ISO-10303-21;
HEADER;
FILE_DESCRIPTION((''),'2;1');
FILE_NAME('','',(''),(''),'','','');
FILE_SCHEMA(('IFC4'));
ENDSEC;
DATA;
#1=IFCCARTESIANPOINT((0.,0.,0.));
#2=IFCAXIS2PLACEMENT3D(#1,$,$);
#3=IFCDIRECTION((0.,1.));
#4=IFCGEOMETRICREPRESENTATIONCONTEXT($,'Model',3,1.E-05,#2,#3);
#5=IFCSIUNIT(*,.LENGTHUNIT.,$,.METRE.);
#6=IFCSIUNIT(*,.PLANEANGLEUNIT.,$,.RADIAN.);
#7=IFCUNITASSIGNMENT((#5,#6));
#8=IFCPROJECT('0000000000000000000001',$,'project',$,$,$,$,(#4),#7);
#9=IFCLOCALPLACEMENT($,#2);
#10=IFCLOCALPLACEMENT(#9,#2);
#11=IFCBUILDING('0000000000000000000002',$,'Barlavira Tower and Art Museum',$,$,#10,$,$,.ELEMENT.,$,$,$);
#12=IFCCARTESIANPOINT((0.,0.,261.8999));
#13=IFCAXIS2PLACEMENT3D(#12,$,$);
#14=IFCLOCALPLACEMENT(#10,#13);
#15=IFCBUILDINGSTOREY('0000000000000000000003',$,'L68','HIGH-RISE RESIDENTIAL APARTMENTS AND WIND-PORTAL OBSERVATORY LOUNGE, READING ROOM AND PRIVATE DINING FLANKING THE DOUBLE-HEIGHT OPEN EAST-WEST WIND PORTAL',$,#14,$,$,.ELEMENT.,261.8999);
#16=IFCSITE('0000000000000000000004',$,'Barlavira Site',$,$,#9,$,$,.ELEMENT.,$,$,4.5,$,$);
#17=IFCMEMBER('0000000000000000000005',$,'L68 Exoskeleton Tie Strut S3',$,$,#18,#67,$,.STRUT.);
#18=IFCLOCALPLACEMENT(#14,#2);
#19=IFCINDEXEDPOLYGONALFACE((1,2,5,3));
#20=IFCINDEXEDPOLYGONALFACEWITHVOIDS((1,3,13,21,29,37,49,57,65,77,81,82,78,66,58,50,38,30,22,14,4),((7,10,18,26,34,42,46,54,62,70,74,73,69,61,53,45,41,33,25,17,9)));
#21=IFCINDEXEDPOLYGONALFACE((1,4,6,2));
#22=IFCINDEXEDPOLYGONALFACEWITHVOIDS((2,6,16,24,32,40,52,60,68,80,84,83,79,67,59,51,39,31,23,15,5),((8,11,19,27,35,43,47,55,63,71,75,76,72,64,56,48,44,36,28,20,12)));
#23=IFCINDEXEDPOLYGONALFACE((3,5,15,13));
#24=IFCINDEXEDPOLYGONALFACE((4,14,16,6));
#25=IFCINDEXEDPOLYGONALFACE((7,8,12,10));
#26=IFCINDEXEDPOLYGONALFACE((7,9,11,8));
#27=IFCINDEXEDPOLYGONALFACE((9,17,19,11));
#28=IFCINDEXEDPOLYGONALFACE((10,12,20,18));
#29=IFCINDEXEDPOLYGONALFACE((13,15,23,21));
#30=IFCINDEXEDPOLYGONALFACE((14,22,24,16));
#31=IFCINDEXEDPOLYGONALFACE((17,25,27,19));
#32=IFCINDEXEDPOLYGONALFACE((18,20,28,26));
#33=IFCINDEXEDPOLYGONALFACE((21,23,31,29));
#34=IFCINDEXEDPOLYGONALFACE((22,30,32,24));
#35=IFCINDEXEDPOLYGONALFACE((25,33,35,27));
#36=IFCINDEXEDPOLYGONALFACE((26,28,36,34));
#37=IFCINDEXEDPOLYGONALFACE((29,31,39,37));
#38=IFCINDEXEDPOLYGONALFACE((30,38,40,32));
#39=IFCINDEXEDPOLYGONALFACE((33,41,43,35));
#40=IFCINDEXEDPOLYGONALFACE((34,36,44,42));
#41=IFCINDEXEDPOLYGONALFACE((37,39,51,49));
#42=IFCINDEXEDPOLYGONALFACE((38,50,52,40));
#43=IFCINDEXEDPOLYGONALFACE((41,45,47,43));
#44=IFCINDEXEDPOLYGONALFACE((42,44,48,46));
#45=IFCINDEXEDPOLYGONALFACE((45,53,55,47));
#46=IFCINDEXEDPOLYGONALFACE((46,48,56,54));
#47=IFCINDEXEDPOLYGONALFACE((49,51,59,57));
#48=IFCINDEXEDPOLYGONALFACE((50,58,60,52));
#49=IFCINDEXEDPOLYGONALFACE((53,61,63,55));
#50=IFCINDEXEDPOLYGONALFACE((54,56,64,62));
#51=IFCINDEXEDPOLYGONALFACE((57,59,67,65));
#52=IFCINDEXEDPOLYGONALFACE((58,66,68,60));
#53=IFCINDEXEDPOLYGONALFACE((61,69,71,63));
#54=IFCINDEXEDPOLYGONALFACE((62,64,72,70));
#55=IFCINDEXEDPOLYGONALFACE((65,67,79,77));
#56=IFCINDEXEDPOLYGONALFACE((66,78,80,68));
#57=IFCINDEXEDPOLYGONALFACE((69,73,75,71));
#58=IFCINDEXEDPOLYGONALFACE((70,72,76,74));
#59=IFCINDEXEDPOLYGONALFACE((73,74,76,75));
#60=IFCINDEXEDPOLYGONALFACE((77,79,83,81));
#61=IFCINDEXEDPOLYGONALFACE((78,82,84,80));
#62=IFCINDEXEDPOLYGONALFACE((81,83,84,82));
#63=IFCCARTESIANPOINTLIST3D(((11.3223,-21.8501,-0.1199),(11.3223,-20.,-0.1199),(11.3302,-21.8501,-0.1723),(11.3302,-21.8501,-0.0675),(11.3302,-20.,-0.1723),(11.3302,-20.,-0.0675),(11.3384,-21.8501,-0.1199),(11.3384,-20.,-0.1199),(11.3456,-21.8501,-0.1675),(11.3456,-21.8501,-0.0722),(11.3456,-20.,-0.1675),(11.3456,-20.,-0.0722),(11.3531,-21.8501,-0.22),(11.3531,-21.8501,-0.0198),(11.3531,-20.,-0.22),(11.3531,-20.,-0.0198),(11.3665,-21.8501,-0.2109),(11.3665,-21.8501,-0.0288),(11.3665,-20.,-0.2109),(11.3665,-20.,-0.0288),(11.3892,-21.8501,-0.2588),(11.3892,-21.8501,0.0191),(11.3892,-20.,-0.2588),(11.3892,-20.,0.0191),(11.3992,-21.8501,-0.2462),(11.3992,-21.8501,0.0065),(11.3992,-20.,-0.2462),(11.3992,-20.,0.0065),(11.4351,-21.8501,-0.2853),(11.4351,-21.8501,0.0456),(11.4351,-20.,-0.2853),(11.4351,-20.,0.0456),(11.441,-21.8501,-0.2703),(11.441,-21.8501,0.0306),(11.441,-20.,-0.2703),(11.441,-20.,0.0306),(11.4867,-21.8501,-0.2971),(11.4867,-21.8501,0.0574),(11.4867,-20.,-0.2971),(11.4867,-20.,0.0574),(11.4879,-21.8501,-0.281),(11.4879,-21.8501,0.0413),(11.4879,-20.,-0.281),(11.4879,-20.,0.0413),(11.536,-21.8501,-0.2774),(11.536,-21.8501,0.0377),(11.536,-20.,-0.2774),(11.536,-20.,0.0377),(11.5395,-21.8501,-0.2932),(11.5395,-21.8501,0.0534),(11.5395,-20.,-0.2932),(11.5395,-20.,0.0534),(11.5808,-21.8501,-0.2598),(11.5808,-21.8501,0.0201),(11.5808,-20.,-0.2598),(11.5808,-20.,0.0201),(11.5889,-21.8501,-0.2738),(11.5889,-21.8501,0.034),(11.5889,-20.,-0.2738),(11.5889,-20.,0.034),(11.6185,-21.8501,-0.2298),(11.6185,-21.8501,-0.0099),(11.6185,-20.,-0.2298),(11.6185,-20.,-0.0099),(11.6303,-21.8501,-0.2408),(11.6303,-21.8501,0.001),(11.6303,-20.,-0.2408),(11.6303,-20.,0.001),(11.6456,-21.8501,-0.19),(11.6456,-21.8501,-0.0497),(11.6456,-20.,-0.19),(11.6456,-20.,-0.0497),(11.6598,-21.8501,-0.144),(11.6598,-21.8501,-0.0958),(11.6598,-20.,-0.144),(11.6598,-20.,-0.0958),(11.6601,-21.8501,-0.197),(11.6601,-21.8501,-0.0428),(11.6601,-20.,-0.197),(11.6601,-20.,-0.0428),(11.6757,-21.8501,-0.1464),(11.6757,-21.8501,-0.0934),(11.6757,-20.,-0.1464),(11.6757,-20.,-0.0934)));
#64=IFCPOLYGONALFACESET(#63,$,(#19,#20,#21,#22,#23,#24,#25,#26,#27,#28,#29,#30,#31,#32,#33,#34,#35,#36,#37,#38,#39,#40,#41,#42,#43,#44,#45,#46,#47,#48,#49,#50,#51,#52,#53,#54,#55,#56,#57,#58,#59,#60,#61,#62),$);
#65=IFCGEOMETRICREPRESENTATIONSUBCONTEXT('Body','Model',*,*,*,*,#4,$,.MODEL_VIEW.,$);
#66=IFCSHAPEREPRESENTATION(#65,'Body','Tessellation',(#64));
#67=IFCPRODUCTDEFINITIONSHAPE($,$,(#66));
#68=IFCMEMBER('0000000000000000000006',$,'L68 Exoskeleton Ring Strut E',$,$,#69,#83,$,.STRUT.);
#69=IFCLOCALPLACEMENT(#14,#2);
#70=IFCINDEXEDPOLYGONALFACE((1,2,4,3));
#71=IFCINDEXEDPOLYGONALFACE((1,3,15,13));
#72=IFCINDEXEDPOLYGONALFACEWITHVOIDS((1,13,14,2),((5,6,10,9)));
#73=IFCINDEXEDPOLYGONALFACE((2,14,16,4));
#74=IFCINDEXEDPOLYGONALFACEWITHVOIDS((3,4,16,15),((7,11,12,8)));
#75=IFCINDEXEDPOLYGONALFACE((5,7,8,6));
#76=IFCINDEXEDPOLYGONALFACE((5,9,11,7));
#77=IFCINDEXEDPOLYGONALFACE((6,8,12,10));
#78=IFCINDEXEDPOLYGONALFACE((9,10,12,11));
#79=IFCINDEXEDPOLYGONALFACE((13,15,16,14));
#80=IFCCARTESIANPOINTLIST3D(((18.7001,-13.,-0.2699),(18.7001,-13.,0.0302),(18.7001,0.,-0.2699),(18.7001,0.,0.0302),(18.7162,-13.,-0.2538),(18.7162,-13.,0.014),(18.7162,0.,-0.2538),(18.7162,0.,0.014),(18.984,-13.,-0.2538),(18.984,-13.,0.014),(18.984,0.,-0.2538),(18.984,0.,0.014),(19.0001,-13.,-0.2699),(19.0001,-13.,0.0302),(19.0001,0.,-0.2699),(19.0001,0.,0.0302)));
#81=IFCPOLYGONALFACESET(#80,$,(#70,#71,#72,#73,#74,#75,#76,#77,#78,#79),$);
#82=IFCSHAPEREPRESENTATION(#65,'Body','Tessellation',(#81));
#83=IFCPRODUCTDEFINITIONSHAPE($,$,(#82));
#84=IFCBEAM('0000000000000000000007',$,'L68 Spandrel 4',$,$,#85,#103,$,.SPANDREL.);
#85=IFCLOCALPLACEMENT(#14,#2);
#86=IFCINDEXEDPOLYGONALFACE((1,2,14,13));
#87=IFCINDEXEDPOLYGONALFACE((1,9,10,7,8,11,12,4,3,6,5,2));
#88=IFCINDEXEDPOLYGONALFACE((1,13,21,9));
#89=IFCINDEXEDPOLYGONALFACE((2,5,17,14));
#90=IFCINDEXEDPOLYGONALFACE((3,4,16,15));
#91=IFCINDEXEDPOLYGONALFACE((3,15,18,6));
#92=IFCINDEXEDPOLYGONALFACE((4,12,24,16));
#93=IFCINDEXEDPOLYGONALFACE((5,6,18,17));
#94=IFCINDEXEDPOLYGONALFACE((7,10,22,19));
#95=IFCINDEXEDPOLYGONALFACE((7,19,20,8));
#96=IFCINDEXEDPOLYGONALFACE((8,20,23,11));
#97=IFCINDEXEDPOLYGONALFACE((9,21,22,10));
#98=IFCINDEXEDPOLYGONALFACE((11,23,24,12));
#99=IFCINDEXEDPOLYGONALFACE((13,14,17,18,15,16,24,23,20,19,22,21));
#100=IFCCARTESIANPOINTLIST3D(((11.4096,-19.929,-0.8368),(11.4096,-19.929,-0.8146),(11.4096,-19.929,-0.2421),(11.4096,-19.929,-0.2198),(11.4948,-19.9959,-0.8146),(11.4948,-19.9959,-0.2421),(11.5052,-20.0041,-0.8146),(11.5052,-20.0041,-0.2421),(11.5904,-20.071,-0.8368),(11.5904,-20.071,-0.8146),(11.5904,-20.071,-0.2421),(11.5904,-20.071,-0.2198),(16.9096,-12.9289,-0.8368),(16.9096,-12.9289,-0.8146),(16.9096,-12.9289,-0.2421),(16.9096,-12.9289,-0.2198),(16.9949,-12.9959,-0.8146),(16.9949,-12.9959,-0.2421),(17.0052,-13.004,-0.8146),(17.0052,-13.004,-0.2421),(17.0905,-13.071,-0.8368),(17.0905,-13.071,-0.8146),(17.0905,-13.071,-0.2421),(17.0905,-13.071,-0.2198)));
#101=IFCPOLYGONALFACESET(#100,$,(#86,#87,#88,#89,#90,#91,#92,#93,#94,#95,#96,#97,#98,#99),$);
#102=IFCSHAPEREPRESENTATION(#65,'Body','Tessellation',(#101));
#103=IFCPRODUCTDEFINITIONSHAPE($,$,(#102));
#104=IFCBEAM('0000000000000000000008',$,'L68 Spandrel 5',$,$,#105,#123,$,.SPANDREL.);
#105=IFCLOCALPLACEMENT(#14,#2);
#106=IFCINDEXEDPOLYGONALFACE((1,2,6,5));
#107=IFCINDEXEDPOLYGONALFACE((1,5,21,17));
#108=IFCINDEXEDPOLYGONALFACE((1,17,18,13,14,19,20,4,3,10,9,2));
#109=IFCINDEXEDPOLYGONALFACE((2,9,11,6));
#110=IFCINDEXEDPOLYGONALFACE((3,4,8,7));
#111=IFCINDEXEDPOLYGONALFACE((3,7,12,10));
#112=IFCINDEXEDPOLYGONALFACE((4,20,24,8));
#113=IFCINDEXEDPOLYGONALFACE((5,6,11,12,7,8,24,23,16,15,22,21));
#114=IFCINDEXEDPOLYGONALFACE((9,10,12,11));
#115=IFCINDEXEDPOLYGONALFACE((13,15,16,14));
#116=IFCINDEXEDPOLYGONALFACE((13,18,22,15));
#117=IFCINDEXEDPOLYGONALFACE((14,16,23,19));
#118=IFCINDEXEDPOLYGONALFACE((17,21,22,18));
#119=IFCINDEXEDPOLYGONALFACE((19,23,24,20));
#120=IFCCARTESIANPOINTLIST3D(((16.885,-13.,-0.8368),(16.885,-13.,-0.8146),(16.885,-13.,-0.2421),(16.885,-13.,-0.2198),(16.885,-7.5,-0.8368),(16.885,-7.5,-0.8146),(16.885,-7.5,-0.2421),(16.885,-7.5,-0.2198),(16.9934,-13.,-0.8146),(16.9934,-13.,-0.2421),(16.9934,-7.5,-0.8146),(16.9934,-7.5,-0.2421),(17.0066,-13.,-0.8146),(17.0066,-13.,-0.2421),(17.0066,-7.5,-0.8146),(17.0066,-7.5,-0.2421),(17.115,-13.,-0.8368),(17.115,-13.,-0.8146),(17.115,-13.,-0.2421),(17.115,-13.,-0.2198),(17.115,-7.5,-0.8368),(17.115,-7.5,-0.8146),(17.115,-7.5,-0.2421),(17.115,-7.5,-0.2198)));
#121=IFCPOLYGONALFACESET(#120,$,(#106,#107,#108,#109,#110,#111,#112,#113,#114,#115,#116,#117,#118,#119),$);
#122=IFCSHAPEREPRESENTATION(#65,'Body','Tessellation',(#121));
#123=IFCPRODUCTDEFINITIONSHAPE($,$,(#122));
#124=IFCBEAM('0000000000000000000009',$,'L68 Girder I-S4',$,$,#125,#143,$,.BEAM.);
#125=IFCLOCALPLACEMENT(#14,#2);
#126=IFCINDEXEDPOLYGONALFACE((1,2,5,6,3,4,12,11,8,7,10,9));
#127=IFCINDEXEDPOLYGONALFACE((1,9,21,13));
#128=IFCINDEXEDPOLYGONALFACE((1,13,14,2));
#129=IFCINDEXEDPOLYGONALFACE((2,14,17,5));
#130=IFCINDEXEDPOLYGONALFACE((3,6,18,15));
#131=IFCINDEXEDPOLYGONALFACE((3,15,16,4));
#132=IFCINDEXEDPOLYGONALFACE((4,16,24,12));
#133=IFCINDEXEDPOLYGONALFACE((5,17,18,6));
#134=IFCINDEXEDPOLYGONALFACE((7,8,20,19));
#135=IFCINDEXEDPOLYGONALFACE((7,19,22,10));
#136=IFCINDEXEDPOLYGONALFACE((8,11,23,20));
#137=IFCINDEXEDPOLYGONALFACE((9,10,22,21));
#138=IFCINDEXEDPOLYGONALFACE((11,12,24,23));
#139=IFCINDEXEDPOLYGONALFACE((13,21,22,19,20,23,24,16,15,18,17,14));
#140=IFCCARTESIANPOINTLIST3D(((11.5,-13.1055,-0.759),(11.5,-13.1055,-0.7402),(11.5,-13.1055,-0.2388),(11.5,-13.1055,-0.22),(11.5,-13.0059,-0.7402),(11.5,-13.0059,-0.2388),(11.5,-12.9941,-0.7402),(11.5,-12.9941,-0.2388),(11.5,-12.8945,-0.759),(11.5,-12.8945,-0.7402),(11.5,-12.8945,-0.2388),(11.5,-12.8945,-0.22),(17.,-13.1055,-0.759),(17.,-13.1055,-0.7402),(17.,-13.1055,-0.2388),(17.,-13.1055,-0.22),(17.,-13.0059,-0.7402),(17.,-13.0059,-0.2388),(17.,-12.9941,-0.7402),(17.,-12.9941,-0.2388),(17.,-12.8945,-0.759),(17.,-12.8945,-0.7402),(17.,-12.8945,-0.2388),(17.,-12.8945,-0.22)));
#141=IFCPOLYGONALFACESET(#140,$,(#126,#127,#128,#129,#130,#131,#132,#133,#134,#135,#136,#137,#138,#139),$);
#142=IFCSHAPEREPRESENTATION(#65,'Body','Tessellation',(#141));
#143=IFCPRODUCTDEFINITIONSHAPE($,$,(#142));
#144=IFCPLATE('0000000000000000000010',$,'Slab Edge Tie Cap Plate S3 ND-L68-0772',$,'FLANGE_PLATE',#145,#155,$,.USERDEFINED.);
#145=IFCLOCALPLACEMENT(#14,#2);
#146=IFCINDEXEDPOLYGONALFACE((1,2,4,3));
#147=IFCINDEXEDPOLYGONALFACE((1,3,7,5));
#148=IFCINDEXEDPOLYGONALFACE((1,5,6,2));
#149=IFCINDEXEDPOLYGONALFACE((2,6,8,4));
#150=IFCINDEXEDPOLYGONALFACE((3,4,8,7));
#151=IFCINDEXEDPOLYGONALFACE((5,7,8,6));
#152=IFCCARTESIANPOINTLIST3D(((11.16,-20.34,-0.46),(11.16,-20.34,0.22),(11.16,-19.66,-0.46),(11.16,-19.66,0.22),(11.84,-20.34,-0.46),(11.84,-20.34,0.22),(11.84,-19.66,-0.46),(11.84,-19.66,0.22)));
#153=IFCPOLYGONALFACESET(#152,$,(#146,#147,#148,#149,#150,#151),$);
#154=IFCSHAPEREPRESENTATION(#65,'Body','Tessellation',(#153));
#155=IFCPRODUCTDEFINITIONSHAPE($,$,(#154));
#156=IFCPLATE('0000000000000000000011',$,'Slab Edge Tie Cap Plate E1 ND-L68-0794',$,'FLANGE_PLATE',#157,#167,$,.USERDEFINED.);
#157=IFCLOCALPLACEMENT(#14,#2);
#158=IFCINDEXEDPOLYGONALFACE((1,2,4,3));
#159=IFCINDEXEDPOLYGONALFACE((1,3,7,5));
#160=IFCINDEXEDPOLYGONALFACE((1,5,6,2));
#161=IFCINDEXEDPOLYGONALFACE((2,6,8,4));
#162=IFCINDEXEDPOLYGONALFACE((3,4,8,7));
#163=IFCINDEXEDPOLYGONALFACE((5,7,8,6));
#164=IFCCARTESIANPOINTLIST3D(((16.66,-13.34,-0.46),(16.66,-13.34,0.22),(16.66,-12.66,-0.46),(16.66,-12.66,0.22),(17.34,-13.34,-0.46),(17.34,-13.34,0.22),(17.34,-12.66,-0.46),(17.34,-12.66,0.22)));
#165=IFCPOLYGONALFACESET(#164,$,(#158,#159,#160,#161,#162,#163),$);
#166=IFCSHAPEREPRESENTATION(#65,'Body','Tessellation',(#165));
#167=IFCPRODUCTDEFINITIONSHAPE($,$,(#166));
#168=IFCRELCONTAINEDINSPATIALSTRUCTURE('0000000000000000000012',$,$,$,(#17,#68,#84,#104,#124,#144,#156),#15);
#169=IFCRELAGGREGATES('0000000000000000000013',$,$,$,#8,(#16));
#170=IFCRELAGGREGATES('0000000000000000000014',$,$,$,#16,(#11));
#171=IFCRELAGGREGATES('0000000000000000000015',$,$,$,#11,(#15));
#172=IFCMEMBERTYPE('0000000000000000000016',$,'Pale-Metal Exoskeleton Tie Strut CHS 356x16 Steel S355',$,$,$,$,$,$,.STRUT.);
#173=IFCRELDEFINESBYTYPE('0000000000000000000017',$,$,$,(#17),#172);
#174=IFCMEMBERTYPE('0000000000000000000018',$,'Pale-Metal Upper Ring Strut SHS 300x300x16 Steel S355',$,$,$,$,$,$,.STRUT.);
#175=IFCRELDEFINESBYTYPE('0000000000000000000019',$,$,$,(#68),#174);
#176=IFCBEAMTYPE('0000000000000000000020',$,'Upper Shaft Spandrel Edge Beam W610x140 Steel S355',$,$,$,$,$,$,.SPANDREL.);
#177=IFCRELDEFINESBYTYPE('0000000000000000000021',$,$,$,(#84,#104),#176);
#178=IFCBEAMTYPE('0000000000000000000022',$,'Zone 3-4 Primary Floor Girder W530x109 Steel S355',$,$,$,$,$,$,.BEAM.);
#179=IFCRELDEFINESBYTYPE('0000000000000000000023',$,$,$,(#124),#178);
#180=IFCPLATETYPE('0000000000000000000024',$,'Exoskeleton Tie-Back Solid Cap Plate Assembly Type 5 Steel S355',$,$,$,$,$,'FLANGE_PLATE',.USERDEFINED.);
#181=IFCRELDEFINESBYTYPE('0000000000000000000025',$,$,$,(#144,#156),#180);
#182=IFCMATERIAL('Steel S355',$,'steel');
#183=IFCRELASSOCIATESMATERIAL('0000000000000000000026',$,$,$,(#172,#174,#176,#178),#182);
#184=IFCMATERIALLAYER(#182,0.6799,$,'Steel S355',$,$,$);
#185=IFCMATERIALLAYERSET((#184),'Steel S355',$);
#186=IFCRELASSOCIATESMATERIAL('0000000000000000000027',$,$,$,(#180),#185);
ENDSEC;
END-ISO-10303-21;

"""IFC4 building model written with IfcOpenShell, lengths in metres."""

from ifc_helpers import new_model, si_unit, direction, frame, origin, origin_2d, place, context, subcontext, project, spatial, rectangle, hollow_rectangle, hollow_circle, i_section, extrude, material, layer, layer_set, material_profile, profile_set, type_object, element, save


model = new_model("IFC4")

# Units and contexts
model_context = context("Model", 3, precision=1e-05, world=origin(), true_north=direction((0.0, 1.0)))
body_context = subcontext(model_context, "Body", "Model", "MODEL_VIEW")
ifc_project = project(units=[si_unit("LENGTHUNIT", "METRE"), si_unit("PLANEANGLEUNIT", "RADIAN")], contexts=[model_context])

# Site, building, storey
site_placement = place(None, origin())
site = spatial("IfcSite", under=ifc_project, at=site_placement, Name="Barlavira Site", CompositionType="ELEMENT", RefElevation=4.5)
building_placement = place(site_placement, origin())
building = spatial("IfcBuilding", under=site, at=building_placement, Name="Barlavira Tower and Art Museum", CompositionType="ELEMENT")
storey_placement = place(building_placement, frame((0.0, 0.0, 261.8999)))
storey = spatial("IfcBuildingStorey", under=building, at=storey_placement, Name="L68", Description="HIGH-RISE RESIDENTIAL APARTMENTS AND WIND-PORTAL OBSERVATORY LOUNGE, READING ROOM AND PRIVATE DINING FLANKING THE DOUBLE-HEIGHT OPEN EAST-WEST WIND PORTAL", CompositionType="ELEMENT", Elevation=261.8999)

# Members
ifc_material_1 = material(Name="Steel S355", Category="steel")
ifc_material_profile_1 = material_profile(ifc_material_1, hollow_circle(Radius=0.1777, WallThickness=0.0161, at=origin_2d()), Name="CHS 355.6x16.0")
ifc_profile_set_1 = profile_set([ifc_material_profile_1], Name="Steel S355")
member_type_1 = type_object("IfcMemberType", Name="Pale-Metal Exoskeleton Tie Strut CHS 356x16 Steel S355", PredefinedType="STRUT", material=ifc_profile_set_1)
member_1_placement = place(storey_placement, frame((11.5, -21.8501, -0.1199), z_axis=(0.0, 1.0, 0.0), x_axis=(-1.0, 0.0, 0.0)))
element("IfcMember", 1, at=member_1_placement, inside=storey, type_object=member_type_1, Name="L68 Exoskeleton Tie Strut S3", PredefinedType="STRUT", context=body_context, shape_type="SweptSolid", body=[
    extrude(hollow_circle(Radius=0.1777, WallThickness=0.0161, at=origin_2d()), origin(), (0.0, 0.0, 1.0), 1.8501),
])
ifc_material_profile_2 = material_profile(ifc_material_1, hollow_rectangle(XDim=0.3, YDim=0.3, WallThickness=0.0161, at=origin_2d()), Name="SHS 300x300x16.0")
ifc_profile_set_2 = profile_set([ifc_material_profile_2], Name="Steel S355")
member_type_2 = type_object("IfcMemberType", Name="Pale-Metal Upper Ring Strut SHS 300x300x16 Steel S355", PredefinedType="STRUT", material=ifc_profile_set_2)
member_2_placement = place(storey_placement, frame((18.8501, -13.0, -0.1199), z_axis=(0.0, 1.0, 0.0), x_axis=(-1.0, 0.0, 0.0)))
element("IfcMember", 2, at=member_2_placement, inside=storey, type_object=member_type_2, Name="L68 Exoskeleton Ring Strut E", PredefinedType="STRUT", context=body_context, shape_type="SweptSolid", body=[
    extrude(hollow_rectangle(XDim=0.3, YDim=0.3, WallThickness=0.0161, at=origin_2d()), origin(), (0.0, 0.0, 1.0), 13.0),
])

# Beams
ifc_material_profile_3 = material_profile(ifc_material_1, i_section(OverallWidth=0.23, OverallDepth=0.6169, WebThickness=0.0132, FlangeThickness=0.0222, at=origin_2d()), Name="W610x140.0")
ifc_profile_set_3 = profile_set([ifc_material_profile_3], Name="Steel S355")
beam_type_1 = type_object("IfcBeamType", Name="Upper Shaft Spandrel Edge Beam W610x140 Steel S355", PredefinedType="SPANDREL", material=ifc_profile_set_3)
beam_1_placement = place(storey_placement, frame((11.5, -20.0, -0.5283), z_axis=(0.617822, 0.786318, 0.0), x_axis=(-0.786318, 0.617822, 0.0)))
element("IfcBeam", 3, at=beam_1_placement, inside=storey, type_object=beam_type_1, Name="L68 Spandrel 4", PredefinedType="SPANDREL", context=body_context, shape_type="SweptSolid", body=[
    extrude(i_section(OverallWidth=0.23, OverallDepth=0.6169, WebThickness=0.0132, FlangeThickness=0.0222, at=origin_2d()), origin(), (0.0, 0.0, 1.0), 8.9023),
])
beam_2_placement = place(storey_placement, frame((17.0, -13.0, -0.5283), z_axis=(0.0, 1.0, 0.0), x_axis=(-1.0, 0.0, 0.0)))
element("IfcBeam", 4, at=beam_2_placement, inside=storey, type_object=beam_type_1, Name="L68 Spandrel 5", PredefinedType="SPANDREL", context=body_context, shape_type="SweptSolid", body=[
    extrude(i_section(OverallWidth=0.23, OverallDepth=0.6169, WebThickness=0.0132, FlangeThickness=0.0222, at=origin_2d()), origin(), (0.0, 0.0, 1.0), 5.5),
])
ifc_material_profile_4 = material_profile(ifc_material_1, i_section(OverallWidth=0.2109, OverallDepth=0.5391, WebThickness=0.0117, FlangeThickness=0.0188, at=origin_2d()), Name="W530x109.0")
ifc_profile_set_4 = profile_set([ifc_material_profile_4], Name="Steel S355")
beam_type_2 = type_object("IfcBeamType", Name="Zone 3-4 Primary Floor Girder W530x109 Steel S355", PredefinedType="BEAM", material=ifc_profile_set_4)
beam_3_placement = place(storey_placement, frame((11.5, -13.0, -0.4895), z_axis=(1.0, 0.0, 0.0), x_axis=(0.0, 1.0, 0.0)))
element("IfcBeam", 5, at=beam_3_placement, inside=storey, type_object=beam_type_2, Name="L68 Girder I-S4", PredefinedType="BEAM", context=body_context, shape_type="SweptSolid", body=[
    extrude(i_section(OverallWidth=0.2109, OverallDepth=0.5391, WebThickness=0.0117, FlangeThickness=0.0188, at=origin_2d()), origin(), (0.0, 0.0, 1.0), 5.5),
])

# Plates
ifc_layer_1 = layer(ifc_material_1, 0.6799, Name="Steel S355")
ifc_layer_set_1 = layer_set([ifc_layer_1], Name="Steel S355")
plate_type = type_object("IfcPlateType", Name="Exoskeleton Tie-Back Solid Cap Plate Assembly Type 5 Steel S355", ElementType="FLANGE_PLATE", PredefinedType="USERDEFINED", material=ifc_layer_set_1)
for number, where, z_axis, x_axis, name in (
    (6, (11.5, -20.0, -0.46), (0.0, 0.0, 1.0), (1.0, 0.0, 0.0), "Slab Edge Tie Cap Plate S3 ND-L68-0772"),
    (7, (17.0, -13.0, -0.46), (0.0, 0.0, 1.0), (1.0, 0.0, 0.0), "Slab Edge Tie Cap Plate E1 ND-L68-0794"),
):
    element("IfcPlate", number, at=place(storey_placement, frame(where, z_axis=z_axis, x_axis=x_axis)), inside=storey, type_object=plate_type, Name=name, ObjectType="FLANGE_PLATE", PredefinedType="USERDEFINED", context=body_context, shape_type="SweptSolid", body=[
        extrude(rectangle(XDim=0.6799, YDim=0.6799, at=origin_2d()), origin(), (0.0, 0.0, 1.0), 0.6799),
    ])

save(model, "model.ifc")
